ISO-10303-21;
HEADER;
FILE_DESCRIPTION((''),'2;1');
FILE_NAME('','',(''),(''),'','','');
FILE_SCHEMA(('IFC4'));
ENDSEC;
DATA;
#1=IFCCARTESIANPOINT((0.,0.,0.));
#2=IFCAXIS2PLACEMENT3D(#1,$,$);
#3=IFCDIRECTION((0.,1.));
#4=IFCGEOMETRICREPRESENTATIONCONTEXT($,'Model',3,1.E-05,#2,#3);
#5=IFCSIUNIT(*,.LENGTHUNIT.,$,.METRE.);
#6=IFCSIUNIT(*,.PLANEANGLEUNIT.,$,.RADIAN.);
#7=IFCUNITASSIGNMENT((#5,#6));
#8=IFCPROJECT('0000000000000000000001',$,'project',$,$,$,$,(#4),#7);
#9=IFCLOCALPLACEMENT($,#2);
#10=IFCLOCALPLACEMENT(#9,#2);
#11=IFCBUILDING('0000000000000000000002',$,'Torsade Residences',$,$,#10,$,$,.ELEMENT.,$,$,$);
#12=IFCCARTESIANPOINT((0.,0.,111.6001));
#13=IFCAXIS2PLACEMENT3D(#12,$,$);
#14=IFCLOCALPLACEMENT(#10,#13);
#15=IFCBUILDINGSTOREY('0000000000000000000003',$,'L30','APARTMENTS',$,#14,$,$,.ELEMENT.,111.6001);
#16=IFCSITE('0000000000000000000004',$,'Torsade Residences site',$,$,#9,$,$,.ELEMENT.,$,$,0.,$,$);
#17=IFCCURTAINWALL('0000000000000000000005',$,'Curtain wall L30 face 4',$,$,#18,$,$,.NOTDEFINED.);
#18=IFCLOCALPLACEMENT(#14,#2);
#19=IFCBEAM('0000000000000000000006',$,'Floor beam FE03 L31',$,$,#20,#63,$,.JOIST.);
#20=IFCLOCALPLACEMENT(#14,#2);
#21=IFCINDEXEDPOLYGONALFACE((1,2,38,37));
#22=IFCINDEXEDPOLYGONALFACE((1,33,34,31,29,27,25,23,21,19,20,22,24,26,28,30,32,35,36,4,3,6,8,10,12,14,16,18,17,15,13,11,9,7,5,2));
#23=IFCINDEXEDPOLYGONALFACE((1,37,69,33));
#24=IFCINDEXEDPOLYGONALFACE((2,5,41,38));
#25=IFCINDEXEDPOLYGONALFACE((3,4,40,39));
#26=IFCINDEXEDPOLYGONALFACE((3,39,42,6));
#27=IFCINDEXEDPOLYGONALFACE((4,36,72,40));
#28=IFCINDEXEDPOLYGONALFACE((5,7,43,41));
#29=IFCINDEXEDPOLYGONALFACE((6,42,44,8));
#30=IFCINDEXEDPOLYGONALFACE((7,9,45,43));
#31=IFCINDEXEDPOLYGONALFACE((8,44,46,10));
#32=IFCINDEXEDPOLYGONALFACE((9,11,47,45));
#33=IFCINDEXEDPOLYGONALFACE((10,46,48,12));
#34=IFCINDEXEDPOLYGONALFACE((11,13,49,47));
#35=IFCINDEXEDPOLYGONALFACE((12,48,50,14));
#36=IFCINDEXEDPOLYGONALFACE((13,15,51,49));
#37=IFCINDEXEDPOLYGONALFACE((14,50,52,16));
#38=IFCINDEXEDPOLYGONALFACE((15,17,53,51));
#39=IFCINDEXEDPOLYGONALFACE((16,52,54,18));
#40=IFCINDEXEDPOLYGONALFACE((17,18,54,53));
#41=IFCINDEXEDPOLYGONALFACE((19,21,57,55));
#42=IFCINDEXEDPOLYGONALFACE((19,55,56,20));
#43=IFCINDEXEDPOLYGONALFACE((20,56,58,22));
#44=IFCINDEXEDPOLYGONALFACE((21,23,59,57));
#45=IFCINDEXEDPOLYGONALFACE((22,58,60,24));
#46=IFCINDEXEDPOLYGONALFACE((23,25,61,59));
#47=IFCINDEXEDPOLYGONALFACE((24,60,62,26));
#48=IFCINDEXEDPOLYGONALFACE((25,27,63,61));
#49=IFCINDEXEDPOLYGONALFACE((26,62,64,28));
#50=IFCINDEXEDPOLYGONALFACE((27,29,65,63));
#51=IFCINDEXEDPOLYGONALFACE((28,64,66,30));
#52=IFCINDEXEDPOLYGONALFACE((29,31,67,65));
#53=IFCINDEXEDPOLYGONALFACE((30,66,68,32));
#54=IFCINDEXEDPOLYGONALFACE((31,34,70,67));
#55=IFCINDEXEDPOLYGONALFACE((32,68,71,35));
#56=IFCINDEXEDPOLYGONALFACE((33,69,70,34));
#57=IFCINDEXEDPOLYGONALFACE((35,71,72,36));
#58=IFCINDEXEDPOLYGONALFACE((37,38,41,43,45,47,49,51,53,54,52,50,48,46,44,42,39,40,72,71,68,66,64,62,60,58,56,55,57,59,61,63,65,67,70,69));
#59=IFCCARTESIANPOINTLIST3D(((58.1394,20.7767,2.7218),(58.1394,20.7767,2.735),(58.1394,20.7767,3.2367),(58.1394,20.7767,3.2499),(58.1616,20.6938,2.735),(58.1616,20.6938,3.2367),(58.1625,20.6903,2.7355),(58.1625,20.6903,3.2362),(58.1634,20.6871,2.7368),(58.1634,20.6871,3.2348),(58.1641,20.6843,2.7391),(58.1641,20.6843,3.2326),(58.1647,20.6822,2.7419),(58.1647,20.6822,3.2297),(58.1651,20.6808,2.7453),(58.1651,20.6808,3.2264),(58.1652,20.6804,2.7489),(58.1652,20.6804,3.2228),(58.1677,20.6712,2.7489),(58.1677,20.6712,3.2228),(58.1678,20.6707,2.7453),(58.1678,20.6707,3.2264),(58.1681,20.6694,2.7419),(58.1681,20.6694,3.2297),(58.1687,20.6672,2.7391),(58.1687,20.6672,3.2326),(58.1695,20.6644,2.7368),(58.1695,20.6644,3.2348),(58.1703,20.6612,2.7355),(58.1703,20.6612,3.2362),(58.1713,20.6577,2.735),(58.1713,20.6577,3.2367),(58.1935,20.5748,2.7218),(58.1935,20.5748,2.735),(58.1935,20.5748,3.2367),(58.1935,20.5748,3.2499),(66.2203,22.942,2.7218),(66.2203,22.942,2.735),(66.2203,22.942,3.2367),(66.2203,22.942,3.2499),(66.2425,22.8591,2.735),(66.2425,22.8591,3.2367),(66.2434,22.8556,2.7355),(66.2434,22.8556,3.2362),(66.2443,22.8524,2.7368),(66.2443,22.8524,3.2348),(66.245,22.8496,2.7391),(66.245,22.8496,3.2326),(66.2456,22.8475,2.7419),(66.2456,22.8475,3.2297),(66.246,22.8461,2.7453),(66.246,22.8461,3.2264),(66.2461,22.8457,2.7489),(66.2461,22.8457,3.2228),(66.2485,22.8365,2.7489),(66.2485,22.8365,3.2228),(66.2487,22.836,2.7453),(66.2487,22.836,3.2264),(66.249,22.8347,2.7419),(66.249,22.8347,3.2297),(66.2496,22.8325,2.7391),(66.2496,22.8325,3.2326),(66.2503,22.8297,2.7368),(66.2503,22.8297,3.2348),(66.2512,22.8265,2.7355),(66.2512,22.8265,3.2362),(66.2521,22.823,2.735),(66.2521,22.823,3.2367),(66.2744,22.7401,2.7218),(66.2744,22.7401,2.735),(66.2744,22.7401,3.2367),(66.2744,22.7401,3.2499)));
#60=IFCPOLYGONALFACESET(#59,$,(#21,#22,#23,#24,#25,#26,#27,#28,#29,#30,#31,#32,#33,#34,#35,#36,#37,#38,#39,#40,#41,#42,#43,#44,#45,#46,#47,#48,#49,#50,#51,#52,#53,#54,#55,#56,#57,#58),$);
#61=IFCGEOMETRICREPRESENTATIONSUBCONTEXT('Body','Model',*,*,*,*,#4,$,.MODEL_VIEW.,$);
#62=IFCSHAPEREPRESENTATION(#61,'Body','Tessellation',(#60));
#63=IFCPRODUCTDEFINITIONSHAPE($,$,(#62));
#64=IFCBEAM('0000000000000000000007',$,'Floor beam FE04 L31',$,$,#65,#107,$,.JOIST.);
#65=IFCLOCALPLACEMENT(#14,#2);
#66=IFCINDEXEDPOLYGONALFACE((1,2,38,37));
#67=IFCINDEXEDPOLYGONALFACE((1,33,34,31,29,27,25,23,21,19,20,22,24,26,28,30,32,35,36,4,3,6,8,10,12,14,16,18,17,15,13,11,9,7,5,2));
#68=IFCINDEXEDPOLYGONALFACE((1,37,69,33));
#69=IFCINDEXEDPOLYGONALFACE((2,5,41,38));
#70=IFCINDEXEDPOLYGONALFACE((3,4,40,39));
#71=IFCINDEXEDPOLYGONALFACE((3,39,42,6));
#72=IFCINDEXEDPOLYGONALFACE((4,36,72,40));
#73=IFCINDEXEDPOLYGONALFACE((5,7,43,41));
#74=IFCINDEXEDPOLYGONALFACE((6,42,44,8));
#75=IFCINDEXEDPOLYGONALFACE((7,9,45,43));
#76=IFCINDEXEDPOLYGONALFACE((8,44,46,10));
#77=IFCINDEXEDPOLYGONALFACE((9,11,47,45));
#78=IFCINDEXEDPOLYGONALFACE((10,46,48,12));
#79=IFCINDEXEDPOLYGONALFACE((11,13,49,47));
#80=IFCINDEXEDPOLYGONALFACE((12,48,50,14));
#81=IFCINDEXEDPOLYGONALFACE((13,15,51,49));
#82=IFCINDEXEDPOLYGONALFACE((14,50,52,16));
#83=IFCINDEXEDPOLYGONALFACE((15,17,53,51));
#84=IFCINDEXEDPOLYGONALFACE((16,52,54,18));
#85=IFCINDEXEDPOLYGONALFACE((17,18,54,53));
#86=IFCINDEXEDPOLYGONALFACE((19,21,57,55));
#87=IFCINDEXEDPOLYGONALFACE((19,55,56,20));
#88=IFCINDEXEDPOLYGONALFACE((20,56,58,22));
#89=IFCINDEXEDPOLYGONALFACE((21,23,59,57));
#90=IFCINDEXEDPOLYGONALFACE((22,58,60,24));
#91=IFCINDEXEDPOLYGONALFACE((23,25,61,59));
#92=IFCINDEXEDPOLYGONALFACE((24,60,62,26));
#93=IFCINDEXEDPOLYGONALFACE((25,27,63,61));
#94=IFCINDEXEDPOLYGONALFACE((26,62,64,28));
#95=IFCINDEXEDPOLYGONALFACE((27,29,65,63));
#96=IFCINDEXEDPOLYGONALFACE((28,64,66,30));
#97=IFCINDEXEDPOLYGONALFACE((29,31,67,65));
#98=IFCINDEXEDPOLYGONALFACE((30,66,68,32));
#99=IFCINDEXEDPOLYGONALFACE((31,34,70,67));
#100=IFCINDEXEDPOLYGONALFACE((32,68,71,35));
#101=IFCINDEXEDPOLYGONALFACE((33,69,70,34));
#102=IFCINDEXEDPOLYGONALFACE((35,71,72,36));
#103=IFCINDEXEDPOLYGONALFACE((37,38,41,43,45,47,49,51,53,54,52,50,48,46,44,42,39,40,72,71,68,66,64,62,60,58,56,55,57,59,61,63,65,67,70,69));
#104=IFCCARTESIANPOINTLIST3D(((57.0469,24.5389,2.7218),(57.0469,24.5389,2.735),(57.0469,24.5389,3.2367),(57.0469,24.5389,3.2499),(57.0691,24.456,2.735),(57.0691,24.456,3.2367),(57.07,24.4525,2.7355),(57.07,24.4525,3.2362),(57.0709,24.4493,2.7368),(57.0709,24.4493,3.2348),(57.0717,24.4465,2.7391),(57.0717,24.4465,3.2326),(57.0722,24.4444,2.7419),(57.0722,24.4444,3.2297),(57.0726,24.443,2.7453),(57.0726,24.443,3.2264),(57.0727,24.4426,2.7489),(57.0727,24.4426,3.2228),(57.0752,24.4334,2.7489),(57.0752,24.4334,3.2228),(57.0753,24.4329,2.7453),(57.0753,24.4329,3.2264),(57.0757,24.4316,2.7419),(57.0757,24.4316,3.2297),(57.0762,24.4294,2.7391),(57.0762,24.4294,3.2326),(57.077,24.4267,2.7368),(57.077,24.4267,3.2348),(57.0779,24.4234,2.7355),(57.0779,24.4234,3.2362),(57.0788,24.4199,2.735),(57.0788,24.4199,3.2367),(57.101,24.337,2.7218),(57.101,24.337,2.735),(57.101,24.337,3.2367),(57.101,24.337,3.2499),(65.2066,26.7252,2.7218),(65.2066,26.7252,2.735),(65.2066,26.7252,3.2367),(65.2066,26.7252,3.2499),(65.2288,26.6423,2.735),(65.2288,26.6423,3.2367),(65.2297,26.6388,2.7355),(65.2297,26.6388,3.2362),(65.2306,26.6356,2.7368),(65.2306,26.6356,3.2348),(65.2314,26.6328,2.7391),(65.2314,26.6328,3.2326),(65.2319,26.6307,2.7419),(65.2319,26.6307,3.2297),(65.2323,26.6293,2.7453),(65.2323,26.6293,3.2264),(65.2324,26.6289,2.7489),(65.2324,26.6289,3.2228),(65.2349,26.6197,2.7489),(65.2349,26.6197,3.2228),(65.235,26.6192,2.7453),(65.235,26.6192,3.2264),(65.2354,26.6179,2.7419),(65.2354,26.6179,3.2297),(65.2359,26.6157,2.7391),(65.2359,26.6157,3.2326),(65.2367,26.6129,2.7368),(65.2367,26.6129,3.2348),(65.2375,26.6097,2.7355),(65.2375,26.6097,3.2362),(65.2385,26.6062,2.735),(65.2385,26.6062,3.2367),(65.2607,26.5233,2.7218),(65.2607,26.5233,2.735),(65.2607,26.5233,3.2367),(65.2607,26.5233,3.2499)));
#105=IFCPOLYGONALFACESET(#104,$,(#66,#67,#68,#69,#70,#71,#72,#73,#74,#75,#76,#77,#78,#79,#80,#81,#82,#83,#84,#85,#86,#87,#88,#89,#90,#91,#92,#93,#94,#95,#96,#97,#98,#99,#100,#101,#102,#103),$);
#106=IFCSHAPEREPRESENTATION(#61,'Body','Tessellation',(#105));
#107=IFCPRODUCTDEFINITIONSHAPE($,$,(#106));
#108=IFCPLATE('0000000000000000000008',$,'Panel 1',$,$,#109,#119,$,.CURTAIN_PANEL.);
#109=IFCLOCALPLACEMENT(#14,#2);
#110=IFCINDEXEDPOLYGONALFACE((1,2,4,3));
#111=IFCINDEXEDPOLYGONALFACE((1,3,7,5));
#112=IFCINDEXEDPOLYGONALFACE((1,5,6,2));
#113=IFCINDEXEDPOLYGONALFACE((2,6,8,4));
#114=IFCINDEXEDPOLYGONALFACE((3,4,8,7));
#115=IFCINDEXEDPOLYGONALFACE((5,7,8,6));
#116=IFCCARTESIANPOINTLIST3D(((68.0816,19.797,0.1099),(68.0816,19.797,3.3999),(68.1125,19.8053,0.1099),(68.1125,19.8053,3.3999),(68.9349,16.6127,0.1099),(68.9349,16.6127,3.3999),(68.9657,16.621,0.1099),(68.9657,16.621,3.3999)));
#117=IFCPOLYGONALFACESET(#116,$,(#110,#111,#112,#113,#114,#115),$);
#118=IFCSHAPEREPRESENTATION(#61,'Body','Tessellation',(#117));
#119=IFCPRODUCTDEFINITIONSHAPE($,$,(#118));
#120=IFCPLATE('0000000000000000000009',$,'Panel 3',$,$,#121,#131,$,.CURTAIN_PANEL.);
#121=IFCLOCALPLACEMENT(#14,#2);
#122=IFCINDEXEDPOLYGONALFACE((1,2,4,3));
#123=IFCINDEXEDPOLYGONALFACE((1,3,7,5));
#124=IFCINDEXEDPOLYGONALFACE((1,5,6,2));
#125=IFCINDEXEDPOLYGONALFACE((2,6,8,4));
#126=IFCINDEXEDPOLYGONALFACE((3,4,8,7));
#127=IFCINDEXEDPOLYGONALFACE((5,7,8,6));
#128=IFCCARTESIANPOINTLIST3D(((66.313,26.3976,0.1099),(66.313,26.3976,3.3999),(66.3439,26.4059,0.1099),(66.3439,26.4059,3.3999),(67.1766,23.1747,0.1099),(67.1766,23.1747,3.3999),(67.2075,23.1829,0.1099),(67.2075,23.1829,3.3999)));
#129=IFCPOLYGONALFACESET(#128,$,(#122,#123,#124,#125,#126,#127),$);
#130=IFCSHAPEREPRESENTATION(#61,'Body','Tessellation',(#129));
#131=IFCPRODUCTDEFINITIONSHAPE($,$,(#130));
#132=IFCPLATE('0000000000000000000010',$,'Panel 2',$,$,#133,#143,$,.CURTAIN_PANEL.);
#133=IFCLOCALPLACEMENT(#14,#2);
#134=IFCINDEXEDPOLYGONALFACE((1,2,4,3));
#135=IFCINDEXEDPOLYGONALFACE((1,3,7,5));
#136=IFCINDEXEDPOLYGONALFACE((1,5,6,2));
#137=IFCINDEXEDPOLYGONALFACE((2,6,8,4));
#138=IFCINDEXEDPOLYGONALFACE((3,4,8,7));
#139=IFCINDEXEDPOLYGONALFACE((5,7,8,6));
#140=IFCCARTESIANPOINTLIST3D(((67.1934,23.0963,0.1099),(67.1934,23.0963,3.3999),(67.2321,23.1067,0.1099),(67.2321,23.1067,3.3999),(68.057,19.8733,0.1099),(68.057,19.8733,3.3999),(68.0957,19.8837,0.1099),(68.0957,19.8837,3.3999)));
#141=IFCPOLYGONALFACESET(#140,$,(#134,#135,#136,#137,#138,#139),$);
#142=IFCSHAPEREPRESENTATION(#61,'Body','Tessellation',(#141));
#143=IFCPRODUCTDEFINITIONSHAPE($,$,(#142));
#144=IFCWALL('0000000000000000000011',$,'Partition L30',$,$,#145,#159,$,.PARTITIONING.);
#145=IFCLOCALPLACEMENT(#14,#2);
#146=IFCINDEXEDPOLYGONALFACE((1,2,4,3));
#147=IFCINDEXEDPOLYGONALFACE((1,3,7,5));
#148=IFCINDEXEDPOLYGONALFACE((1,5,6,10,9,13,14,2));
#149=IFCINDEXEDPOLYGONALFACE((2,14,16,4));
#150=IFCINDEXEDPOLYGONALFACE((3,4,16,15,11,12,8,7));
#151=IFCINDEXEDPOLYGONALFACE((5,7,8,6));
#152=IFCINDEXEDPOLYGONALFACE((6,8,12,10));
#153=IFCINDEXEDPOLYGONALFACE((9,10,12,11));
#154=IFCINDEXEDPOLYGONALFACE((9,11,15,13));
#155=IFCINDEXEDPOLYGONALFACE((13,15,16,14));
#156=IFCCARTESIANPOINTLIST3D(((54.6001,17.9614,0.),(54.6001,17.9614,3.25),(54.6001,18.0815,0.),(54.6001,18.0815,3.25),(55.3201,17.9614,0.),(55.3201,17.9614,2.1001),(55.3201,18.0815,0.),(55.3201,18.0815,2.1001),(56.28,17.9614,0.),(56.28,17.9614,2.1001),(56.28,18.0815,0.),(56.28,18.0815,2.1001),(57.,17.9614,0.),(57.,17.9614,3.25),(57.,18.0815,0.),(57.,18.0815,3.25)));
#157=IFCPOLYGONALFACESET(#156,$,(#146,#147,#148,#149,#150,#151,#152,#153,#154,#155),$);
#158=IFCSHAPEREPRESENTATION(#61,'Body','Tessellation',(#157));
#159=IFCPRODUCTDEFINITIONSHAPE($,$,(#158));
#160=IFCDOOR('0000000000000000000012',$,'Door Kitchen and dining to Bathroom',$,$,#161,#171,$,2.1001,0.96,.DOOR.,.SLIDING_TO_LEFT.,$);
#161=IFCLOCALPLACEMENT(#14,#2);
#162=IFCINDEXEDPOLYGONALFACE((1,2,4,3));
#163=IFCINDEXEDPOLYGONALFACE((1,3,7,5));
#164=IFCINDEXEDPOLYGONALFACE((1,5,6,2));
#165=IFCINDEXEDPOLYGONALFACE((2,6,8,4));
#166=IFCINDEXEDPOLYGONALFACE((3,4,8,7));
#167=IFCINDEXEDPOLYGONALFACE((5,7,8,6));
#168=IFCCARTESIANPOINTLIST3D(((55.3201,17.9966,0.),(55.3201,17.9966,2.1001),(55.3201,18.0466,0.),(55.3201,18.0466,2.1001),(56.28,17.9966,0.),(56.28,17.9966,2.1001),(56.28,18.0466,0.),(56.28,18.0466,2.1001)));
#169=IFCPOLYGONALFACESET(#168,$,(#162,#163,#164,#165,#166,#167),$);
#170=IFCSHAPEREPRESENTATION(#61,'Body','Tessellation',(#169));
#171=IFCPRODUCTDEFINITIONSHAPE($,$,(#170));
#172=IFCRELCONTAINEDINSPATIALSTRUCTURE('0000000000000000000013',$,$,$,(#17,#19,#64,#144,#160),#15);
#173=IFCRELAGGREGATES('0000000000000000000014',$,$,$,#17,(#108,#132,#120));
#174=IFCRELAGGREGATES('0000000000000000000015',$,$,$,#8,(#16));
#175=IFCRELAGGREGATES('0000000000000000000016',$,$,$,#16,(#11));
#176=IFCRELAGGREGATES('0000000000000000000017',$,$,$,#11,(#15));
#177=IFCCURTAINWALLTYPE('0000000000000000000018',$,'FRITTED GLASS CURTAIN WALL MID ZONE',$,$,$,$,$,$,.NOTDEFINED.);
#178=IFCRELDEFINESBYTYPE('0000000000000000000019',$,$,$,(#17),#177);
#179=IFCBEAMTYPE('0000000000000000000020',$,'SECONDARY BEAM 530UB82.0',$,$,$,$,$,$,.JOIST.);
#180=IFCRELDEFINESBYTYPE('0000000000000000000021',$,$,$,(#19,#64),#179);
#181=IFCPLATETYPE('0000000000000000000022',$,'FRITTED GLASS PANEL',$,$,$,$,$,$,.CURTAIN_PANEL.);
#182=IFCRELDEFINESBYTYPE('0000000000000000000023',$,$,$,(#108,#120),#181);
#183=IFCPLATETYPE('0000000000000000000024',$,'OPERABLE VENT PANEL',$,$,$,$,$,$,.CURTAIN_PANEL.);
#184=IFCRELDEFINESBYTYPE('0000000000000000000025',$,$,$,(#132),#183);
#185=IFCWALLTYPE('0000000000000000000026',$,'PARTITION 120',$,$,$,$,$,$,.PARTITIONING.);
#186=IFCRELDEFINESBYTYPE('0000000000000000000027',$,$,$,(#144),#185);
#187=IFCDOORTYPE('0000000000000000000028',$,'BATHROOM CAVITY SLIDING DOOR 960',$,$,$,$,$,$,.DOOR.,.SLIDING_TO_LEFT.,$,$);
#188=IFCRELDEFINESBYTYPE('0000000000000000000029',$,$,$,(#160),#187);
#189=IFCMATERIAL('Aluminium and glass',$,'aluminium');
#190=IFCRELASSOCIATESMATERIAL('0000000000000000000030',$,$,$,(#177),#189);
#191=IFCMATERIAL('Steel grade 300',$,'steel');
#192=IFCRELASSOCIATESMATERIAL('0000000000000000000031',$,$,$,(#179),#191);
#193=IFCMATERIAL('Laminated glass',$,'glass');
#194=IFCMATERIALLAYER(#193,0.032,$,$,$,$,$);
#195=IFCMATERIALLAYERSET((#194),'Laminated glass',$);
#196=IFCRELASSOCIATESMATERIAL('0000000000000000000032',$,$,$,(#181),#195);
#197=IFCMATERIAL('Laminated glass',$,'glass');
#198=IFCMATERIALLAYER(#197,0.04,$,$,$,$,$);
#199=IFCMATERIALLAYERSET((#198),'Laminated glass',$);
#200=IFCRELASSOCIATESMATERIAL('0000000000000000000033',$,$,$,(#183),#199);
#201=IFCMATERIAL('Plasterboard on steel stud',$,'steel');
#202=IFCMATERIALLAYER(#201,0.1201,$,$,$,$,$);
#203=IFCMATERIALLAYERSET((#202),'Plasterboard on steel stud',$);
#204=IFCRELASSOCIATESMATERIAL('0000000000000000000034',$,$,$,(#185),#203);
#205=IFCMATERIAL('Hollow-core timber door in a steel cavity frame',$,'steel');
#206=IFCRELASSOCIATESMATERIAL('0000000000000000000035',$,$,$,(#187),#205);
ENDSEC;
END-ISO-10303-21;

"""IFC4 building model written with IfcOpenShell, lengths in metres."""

from ifc_helpers import new_model, si_unit, direction, frame, frame_2d, origin, origin_2d, place, context, subcontext, project, spatial, rectangle, i_section, extrude, material, layer, layer_set, material_profile, profile_set, type_object, element, fill, aggregate, save


model = new_model("IFC4")

# Units and contexts
model_context = context("Model", 3, precision=1e-05, world=origin(), true_north=direction((0.0, 1.0)))
body_context = subcontext(model_context, "Body", "Model", "MODEL_VIEW")
ifc_project = project(units=[si_unit("LENGTHUNIT", "METRE"), si_unit("PLANEANGLEUNIT", "RADIAN")], contexts=[model_context])

# Site, building, storey
site_placement = place(None, origin())
site = spatial("IfcSite", under=ifc_project, at=site_placement, Name="Torsade Residences site", CompositionType="ELEMENT", RefElevation=0.0)
building_placement = place(site_placement, origin())
building = spatial("IfcBuilding", under=site, at=building_placement, Name="Torsade Residences", CompositionType="ELEMENT")
storey_placement = place(building_placement, frame((0.0, 0.0, 111.6001)))
storey = spatial("IfcBuildingStorey", under=building, at=storey_placement, Name="L30", Description="APARTMENTS", CompositionType="ELEMENT", Elevation=111.6001)

# Curtain wall
ifc_material_1 = material(Name="Aluminium and glass", Category="aluminium")
curtain_wall_type = type_object("IfcCurtainWallType", Name="FRITTED GLASS CURTAIN WALL MID ZONE", PredefinedType="NOTDEFINED", material=ifc_material_1)
curtain_wall_placement = place(storey_placement, origin())
curtain_wall = element("IfcCurtainWall", 1, at=curtain_wall_placement, inside=storey, type_object=curtain_wall_type, Name="Curtain wall L30 face 4", PredefinedType="NOTDEFINED")

# Beams
ifc_material_2 = material(Name="Steel grade 300", Category="steel")
ifc_material_profile_1 = material_profile(ifc_material_2, i_section(OverallWidth=0.209, OverallDepth=0.5281, WebThickness=0.0095, FlangeThickness=0.0132, FilletRadius=0.0139, at=origin_2d()), Name="530UB82.0")
ifc_profile_set_1 = profile_set([ifc_material_profile_1], Name="Steel grade 300")
beam_type_1 = type_object("IfcBeamType", Name="SECONDARY BEAM 530UB82.0", PredefinedType="JOIST", material=ifc_profile_set_1)
beam_1_placement = place(storey_placement, frame((66.2473, 22.8411, 2.9858), z_axis=(-0.965925, -0.258823, 0.0), x_axis=(0.258823, -0.965925, 0.0)))
element("IfcBeam", 2, at=beam_1_placement, inside=storey, type_object=beam_type_1, Name="Floor beam FE03 L31", PredefinedType="JOIST", context=body_context, shape_type="SweptSolid", body=[
    extrude(i_section(OverallWidth=0.209, OverallDepth=0.5281, WebThickness=0.0095, FlangeThickness=0.0132, FilletRadius=0.0139, at=origin_2d()), origin(), (0.0, 0.0, 1.0), 8.366),
])
beam_2_placement = place(storey_placement, frame((65.2336, 26.6243, 2.9858), z_axis=(-0.965929, -0.258808, 0.0), x_axis=(0.258808, -0.965929, 0.0)))
element("IfcBeam", 3, at=beam_2_placement, inside=storey, type_object=beam_type_1, Name="Floor beam FE04 L31", PredefinedType="JOIST", context=body_context, shape_type="SweptSolid", body=[
    extrude(i_section(OverallWidth=0.209, OverallDepth=0.5281, WebThickness=0.0095, FlangeThickness=0.0132, FilletRadius=0.0139, at=origin_2d()), origin(), (0.0, 0.0, 1.0), 8.4475),
])

# Plates
ifc_material_3 = material(Name="Laminated glass", Category="glass")
ifc_layer_1 = layer(ifc_material_3, 0.032)
ifc_layer_set_1 = layer_set([ifc_layer_1], Name="Laminated glass")
plate_type_1 = type_object("IfcPlateType", Name="FRITTED GLASS PANEL", PredefinedType="CURTAIN_PANEL", material=ifc_layer_set_1)
plate_1_placement = place(storey_placement, frame((68.5237, 18.209, 0.1099), z_axis=(0.0, 0.0, 1.0), x_axis=(-0.258819, 0.965926, 0.0)))
plate_1 = element("IfcPlate", 4, at=plate_1_placement, type_object=plate_type_1, Name="Panel 1", PredefinedType="CURTAIN_PANEL", context=body_context, shape_type="SweptSolid", body=[
    extrude(rectangle(XDim=3.2966, YDim=0.032, at=origin_2d()), origin(), (0.0, 0.0, 1.0), 3.29),
])
plate_2_placement = place(storey_placement, frame((66.7603, 24.7903, 0.1099), z_axis=(0.0, 0.0, 1.0), x_axis=(-0.258819, 0.965926, 0.0)))
plate_2 = element("IfcPlate", 5, at=plate_2_placement, type_object=plate_type_1, Name="Panel 3", PredefinedType="CURTAIN_PANEL", context=body_context, shape_type="SweptSolid", body=[
    extrude(rectangle(XDim=3.3367, YDim=0.032, at=origin_2d()), origin(), (0.0, 0.0, 1.0), 3.29),
])
ifc_material_4 = material(Name="Laminated glass", Category="glass")
ifc_layer_2 = layer(ifc_material_4, 0.04)
ifc_layer_set_2 = layer_set([ifc_layer_2], Name="Laminated glass")
plate_type_2 = type_object("IfcPlateType", Name="OPERABLE VENT PANEL", PredefinedType="CURTAIN_PANEL", material=ifc_layer_set_2)
plate_3_placement = place(storey_placement, frame((67.6445, 21.49, 0.1099), z_axis=(0.0, 0.0, 1.0), x_axis=(-0.258819, 0.965926, 0.0)))
plate_3 = element("IfcPlate", 6, at=plate_3_placement, type_object=plate_type_2, Name="Panel 2", PredefinedType="CURTAIN_PANEL", context=body_context, shape_type="SweptSolid", body=[
    extrude(rectangle(XDim=3.3367, YDim=0.04, at=origin_2d()), origin(), (0.0, 0.0, 1.0), 3.29),
])
aggregate(curtain_wall, [plate_1, plate_3, plate_2])

# Wall, opening, door
ifc_material_5 = material(Name="Plasterboard on steel stud", Category="steel")
ifc_layer_3 = layer(ifc_material_5, 0.1201)
ifc_layer_set_3 = layer_set([ifc_layer_3], Name="Plasterboard on steel stud")
wall_type_1 = type_object("IfcWallType", Name="PARTITION 120", PredefinedType="PARTITIONING", material=ifc_layer_set_3)
wall_1_placement = place(storey_placement, frame((57.0, 18.0215, 0.0), z_axis=(0.0, 0.0, 1.0), x_axis=(-1.0, 0.0, 0.0)))
wall_1 = element("IfcWall", 7, at=wall_1_placement, inside=storey, type_object=wall_type_1, Name="Partition L30", PredefinedType="PARTITIONING", context=body_context, shape_type="SweptSolid", body=[
    extrude(rectangle(XDim=2.3999, YDim=0.1201, at=frame_2d((1.2, 0.0))), origin(), (0.0, 0.0, 1.0), 3.25),
])
opening_1_placement = place(wall_1_placement, frame((0.72, 0.0, 0.0)))
opening_1 = element("IfcOpeningElement", 8, at=opening_1_placement, cuts=wall_1, PredefinedType="OPENING", context=body_context, shape_type="SweptSolid", body=[
    extrude(rectangle(XDim=0.96, YDim=2.1001, at=frame_2d((0.48, 1.05))), frame((0.0, 0.0701, 0.0), z_axis=(0.0, -1.0, 0.0), x_axis=(1.0, 0.0, 0.0)), (0.0, 0.0, 1.0), 0.1401),
])
ifc_material_6 = material(Name="Hollow-core timber door in a steel cavity frame", Category="steel")
door_type_1 = type_object("IfcDoorType", Name="BATHROOM CAVITY SLIDING DOOR 960", OperationType="SLIDING_TO_LEFT", PredefinedType="DOOR", material=ifc_material_6)
door_1_placement = place(opening_1_placement, origin())
door_1 = element("IfcDoor", 9, at=door_1_placement, inside=storey, type_object=door_type_1, Name="Door Kitchen and dining to Bathroom", OperationType="SLIDING_TO_LEFT", OverallHeight=2.1001, OverallWidth=0.96, PredefinedType="DOOR", context=body_context, shape_type="SweptSolid", body=[
    extrude(rectangle(XDim=0.96, YDim=2.1001, at=frame_2d((0.48, 1.05))), frame((0.0, 0.0249, 0.0), z_axis=(0.0, -1.0, 0.0), x_axis=(1.0, 0.0, 0.0)), (0.0, 0.0, 1.0), 0.05),
])
fill(opening_1, door_1)

save(model, "model.ifc")
